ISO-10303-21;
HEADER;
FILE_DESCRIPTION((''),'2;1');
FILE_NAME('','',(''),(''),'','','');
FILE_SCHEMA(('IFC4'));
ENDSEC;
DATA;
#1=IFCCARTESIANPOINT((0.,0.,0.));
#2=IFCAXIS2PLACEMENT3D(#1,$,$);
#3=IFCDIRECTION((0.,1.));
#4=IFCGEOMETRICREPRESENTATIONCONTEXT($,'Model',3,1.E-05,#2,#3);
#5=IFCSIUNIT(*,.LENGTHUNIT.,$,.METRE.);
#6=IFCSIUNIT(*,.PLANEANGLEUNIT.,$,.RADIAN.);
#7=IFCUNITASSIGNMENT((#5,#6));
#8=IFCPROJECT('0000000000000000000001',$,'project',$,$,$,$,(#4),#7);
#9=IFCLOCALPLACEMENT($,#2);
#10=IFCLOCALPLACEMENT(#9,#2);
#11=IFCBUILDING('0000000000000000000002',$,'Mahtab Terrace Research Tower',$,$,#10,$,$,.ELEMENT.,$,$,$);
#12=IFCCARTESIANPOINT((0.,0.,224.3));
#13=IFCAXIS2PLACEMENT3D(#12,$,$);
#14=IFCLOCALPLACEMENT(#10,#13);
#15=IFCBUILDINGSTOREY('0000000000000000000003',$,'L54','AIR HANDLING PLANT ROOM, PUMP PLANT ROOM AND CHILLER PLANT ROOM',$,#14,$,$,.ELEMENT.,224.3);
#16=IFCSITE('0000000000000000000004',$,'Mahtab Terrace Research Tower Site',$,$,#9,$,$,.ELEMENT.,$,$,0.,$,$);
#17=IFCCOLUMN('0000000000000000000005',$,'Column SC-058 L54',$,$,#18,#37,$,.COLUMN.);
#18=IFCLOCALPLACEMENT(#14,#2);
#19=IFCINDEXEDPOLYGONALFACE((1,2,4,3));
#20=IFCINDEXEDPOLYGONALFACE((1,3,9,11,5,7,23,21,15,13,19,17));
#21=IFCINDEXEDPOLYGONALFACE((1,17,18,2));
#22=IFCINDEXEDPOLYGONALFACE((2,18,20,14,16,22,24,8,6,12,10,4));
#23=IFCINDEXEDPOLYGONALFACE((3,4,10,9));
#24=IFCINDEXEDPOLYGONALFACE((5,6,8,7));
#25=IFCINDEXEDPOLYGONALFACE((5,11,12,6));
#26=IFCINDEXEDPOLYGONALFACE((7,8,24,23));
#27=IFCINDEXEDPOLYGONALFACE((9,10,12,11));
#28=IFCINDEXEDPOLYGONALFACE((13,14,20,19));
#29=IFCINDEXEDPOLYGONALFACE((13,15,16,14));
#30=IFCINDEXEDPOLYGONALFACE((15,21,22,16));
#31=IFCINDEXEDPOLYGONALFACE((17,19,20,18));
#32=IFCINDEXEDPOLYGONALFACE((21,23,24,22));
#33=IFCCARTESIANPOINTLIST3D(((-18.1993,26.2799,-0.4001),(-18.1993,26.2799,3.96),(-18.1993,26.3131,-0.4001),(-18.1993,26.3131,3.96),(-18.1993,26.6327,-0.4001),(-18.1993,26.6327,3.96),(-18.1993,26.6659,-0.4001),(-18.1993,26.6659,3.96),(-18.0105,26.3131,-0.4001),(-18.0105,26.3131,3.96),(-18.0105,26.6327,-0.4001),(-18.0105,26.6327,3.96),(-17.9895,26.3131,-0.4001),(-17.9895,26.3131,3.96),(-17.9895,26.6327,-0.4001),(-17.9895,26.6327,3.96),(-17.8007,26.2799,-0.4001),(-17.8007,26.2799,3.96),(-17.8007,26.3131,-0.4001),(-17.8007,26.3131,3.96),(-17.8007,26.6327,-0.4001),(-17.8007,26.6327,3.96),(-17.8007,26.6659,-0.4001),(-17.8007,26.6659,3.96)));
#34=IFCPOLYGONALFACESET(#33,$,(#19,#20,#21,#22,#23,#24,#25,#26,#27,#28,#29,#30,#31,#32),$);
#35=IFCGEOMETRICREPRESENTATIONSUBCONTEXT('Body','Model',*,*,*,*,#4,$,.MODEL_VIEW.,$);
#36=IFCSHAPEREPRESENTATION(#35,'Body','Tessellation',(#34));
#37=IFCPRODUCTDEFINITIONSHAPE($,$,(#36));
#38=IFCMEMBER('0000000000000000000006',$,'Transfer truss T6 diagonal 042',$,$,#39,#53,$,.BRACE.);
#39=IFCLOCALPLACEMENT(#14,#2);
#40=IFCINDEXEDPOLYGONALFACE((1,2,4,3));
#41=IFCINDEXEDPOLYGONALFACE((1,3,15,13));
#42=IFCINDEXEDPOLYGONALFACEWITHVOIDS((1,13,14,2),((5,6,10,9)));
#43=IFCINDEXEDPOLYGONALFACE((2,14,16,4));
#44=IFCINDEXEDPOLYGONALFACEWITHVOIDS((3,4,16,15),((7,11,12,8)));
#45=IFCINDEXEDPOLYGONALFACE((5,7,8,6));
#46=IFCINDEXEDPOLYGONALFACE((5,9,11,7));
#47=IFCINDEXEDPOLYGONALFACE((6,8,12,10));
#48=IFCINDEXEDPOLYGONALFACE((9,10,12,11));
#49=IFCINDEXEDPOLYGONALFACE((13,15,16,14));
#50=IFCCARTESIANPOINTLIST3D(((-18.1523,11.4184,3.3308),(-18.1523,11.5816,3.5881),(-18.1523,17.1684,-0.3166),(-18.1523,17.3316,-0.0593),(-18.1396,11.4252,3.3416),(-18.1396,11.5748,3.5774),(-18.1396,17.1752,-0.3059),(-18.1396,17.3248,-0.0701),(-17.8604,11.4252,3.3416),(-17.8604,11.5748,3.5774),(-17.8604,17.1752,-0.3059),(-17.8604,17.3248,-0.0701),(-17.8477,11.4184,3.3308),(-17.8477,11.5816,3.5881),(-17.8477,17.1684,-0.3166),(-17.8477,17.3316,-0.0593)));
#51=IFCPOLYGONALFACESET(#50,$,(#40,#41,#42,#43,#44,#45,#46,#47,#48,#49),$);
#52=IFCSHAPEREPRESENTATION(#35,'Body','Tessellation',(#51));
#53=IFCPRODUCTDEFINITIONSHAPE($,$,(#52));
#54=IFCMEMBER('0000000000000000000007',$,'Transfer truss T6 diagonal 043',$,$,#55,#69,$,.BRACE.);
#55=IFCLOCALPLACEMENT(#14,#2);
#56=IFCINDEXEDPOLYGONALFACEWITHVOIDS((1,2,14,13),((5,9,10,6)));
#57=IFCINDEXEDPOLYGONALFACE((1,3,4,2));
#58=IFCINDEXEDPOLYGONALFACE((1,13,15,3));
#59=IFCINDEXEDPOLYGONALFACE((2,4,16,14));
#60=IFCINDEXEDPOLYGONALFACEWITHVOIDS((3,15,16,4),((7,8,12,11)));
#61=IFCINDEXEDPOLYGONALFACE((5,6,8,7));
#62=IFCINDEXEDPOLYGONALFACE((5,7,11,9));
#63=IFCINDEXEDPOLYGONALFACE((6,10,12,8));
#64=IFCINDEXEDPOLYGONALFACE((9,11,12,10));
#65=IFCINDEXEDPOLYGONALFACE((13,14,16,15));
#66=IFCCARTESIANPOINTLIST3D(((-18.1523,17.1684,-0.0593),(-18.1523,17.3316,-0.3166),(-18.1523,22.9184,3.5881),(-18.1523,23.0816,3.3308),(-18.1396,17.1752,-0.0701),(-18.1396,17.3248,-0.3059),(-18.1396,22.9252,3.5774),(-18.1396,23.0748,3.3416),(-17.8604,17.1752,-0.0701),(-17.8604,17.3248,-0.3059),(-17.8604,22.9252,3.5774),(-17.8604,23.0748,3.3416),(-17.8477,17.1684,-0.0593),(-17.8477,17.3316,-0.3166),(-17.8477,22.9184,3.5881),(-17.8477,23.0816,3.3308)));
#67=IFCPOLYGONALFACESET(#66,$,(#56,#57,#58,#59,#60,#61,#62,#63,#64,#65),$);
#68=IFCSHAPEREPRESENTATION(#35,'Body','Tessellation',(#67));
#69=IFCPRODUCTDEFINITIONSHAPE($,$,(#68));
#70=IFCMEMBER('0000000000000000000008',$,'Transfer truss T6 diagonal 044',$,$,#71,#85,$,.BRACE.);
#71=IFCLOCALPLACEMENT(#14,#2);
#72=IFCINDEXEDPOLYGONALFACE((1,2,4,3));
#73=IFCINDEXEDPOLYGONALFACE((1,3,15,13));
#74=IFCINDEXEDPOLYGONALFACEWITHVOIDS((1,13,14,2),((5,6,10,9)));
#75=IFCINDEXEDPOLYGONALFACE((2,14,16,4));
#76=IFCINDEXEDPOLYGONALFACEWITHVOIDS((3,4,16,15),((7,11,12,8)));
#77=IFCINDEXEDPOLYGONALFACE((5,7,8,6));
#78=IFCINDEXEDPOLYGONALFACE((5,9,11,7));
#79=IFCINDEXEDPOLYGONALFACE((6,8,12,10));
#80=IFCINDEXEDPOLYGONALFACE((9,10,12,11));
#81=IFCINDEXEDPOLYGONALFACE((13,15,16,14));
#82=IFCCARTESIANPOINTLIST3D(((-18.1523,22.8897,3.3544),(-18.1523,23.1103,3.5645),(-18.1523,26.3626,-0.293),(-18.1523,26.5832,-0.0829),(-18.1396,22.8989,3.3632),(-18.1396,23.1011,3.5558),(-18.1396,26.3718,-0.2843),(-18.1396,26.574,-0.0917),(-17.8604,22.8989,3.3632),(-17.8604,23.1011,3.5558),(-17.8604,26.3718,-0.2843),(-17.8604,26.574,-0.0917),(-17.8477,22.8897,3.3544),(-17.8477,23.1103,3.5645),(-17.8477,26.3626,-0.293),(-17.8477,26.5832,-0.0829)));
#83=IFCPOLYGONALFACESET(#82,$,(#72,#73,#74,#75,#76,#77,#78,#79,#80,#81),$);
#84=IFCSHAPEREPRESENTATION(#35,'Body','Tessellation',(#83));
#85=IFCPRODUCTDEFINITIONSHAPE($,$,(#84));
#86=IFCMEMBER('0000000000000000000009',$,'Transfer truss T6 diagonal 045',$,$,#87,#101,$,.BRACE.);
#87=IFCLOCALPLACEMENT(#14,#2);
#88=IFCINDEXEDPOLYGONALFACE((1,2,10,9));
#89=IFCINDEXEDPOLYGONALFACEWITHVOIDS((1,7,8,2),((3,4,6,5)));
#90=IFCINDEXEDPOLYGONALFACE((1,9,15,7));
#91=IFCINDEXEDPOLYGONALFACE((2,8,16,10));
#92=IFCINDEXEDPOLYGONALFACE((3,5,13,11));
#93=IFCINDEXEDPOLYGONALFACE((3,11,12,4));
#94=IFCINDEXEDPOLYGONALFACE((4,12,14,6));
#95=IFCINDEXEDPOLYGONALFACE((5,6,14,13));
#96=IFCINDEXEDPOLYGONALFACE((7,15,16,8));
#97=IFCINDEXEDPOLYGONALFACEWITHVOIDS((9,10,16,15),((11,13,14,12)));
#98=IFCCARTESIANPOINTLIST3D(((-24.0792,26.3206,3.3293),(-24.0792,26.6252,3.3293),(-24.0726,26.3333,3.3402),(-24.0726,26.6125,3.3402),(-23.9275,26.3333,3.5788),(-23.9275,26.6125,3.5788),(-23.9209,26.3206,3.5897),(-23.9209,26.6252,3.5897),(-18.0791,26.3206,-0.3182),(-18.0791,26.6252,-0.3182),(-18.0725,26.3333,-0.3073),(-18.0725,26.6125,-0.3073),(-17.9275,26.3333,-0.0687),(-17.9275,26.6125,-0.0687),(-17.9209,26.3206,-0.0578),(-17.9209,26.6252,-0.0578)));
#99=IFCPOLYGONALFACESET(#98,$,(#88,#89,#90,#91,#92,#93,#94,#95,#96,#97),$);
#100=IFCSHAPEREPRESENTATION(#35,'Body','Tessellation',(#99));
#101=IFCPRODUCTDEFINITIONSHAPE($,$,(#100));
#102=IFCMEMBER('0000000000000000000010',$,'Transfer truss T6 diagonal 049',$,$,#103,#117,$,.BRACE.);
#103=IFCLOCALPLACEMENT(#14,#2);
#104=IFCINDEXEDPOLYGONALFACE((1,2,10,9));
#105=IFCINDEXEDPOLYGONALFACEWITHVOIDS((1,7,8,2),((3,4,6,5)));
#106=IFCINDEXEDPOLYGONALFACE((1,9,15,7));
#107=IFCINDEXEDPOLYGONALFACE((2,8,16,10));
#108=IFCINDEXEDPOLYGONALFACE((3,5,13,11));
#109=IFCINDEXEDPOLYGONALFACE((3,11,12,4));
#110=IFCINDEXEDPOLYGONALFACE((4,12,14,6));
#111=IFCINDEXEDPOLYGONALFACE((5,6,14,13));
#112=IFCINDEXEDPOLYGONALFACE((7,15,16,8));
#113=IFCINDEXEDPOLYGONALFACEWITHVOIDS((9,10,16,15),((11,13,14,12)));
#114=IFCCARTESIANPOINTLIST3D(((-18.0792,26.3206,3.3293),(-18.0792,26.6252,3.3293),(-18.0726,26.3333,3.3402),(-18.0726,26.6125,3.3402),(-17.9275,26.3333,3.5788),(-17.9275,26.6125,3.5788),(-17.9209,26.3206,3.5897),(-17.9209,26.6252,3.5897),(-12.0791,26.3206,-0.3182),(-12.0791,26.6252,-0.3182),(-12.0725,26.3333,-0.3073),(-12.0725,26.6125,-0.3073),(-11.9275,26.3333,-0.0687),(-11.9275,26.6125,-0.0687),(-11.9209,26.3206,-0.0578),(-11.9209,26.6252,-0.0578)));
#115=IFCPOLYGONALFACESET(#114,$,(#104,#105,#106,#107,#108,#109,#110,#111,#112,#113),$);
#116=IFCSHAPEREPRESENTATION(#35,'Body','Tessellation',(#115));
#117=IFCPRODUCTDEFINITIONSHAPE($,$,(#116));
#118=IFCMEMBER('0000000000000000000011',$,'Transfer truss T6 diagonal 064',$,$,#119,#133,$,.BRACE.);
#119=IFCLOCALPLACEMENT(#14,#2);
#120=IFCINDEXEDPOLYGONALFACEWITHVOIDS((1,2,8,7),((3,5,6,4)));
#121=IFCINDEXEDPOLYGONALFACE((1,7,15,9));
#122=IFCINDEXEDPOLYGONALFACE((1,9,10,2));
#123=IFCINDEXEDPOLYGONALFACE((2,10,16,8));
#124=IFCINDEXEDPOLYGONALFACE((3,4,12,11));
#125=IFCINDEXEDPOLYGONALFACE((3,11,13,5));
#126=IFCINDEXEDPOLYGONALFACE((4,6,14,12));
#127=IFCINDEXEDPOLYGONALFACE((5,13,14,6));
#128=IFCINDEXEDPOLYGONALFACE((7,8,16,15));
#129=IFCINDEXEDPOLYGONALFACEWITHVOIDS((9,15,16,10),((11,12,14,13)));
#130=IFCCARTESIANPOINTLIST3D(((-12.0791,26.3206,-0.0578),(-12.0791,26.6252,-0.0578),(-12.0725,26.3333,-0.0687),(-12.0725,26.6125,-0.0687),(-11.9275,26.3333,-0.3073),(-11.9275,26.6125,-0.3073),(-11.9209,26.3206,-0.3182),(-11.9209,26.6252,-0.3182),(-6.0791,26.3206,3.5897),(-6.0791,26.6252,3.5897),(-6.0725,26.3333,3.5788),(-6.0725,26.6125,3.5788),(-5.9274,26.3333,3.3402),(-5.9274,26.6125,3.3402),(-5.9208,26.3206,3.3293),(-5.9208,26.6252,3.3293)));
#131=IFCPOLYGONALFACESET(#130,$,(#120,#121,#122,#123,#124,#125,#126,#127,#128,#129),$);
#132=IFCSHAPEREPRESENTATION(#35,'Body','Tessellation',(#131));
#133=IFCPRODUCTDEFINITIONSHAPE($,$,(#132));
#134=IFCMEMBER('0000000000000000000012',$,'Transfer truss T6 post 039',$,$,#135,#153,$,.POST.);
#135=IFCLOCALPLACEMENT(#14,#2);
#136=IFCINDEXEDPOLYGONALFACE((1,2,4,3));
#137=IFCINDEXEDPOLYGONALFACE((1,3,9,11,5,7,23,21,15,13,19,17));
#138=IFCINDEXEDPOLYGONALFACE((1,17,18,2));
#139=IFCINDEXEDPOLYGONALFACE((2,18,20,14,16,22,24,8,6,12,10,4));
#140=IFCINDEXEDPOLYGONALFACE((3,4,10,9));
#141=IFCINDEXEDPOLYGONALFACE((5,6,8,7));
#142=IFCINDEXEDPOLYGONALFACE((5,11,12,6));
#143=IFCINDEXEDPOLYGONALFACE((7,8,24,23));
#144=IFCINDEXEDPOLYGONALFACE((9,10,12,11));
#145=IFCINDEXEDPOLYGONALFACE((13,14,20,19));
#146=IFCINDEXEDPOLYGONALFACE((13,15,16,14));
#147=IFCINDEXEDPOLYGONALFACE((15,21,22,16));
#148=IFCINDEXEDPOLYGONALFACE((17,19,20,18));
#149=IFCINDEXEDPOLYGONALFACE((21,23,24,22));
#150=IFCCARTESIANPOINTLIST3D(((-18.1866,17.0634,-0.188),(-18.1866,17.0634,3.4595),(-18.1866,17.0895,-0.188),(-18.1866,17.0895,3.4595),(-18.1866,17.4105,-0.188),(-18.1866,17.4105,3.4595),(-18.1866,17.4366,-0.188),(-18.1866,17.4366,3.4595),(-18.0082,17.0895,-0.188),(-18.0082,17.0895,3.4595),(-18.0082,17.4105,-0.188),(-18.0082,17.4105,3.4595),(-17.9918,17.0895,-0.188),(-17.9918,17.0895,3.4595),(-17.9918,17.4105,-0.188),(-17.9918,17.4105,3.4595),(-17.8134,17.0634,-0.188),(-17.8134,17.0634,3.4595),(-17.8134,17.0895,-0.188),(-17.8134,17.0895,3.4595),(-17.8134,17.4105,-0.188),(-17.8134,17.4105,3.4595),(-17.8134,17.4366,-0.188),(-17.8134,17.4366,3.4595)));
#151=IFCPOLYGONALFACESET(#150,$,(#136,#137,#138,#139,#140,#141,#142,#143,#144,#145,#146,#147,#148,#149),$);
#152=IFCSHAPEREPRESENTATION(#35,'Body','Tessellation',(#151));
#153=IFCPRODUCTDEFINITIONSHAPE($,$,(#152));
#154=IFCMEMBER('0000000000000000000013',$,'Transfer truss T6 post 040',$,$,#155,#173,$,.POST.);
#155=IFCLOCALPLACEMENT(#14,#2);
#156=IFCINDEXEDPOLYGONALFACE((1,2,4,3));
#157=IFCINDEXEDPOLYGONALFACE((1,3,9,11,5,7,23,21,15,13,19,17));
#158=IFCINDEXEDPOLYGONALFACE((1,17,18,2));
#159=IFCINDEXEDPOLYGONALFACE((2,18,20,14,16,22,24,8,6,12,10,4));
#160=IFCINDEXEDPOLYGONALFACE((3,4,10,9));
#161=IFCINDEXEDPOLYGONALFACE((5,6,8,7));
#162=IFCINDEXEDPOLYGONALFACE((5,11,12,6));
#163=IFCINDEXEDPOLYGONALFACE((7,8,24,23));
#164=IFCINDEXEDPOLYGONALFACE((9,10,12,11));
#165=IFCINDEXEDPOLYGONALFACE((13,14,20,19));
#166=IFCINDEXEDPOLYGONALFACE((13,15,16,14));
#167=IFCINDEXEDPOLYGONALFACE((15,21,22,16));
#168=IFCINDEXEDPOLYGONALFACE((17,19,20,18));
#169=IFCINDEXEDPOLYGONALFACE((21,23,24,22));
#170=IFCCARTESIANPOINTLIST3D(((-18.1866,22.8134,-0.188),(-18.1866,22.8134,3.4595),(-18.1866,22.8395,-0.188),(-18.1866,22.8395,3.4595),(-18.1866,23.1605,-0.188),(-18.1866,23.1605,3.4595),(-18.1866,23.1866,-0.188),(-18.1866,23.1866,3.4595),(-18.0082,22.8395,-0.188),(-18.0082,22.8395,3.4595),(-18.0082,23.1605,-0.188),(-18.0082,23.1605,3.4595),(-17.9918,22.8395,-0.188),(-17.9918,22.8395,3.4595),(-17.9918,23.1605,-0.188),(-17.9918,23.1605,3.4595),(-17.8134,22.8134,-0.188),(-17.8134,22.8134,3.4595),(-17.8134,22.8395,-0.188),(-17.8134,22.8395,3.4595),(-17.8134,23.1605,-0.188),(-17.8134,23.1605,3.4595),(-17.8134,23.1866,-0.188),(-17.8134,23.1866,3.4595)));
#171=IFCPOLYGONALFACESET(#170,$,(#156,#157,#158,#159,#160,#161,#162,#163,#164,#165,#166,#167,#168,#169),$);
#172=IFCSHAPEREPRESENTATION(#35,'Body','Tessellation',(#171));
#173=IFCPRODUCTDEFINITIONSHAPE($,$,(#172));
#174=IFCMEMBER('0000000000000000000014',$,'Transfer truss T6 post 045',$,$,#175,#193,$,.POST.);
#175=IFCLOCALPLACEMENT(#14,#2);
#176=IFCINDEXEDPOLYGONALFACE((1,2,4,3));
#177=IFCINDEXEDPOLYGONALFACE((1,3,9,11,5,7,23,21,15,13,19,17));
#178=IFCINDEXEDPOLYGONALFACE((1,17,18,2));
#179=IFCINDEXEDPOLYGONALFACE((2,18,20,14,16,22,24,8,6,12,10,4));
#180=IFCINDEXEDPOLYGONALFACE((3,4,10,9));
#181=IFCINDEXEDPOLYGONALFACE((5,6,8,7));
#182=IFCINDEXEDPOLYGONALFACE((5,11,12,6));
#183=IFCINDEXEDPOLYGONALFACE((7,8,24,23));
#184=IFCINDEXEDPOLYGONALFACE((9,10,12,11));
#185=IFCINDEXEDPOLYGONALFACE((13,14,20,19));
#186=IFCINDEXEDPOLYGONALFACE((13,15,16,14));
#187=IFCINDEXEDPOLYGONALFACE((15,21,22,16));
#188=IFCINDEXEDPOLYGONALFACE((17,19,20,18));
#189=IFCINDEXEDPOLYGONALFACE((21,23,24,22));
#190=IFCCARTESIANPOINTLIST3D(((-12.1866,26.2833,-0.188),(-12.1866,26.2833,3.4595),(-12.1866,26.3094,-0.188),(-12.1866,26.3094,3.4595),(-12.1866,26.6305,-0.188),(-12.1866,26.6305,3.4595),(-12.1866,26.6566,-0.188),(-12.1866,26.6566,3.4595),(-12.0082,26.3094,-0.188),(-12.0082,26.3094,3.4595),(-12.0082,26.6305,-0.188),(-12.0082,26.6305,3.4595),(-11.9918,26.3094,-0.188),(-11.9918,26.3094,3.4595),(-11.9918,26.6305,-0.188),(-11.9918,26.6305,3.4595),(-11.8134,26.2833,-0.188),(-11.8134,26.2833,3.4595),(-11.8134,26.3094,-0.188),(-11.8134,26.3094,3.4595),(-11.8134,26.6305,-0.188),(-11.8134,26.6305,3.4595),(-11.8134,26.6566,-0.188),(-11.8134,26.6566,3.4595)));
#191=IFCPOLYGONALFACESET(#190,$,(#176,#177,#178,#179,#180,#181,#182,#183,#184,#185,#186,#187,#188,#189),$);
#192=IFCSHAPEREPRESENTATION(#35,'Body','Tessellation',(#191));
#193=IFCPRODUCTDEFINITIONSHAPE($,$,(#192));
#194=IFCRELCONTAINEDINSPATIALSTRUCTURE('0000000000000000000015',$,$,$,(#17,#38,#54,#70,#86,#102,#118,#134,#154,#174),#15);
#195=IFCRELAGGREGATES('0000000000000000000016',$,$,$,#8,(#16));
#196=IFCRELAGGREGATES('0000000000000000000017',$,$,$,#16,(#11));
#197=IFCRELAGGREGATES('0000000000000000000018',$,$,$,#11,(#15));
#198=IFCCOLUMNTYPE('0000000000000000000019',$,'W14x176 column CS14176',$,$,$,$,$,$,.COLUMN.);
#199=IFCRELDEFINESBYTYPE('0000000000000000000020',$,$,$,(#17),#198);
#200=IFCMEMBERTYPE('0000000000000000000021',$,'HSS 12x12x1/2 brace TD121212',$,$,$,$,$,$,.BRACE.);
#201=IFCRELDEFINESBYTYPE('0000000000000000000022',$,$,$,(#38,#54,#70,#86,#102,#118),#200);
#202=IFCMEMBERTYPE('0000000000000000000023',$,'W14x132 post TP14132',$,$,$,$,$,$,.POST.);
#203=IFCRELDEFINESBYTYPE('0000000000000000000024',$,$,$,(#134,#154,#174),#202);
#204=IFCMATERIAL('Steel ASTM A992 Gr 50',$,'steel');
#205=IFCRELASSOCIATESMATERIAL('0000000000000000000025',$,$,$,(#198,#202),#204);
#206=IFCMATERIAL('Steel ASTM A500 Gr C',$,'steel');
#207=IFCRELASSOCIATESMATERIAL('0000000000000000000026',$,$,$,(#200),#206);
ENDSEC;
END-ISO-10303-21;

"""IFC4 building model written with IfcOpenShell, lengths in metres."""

from ifc_helpers import new_model, si_unit, direction, frame, origin, origin_2d, place, context, subcontext, project, spatial, hollow_rectangle, i_section, extrude, material, material_profile, profile_set, type_object, element, save


model = new_model("IFC4")

# Units and contexts
model_context = context("Model", 3, precision=1e-05, world=origin(), true_north=direction((0.0, 1.0)))
body_context = subcontext(model_context, "Body", "Model", "MODEL_VIEW")
ifc_project = project(units=[si_unit("LENGTHUNIT", "METRE"), si_unit("PLANEANGLEUNIT", "RADIAN")], contexts=[model_context])

# Site, building, storey
site_placement = place(None, origin())
site = spatial("IfcSite", under=ifc_project, at=site_placement, Name="Mahtab Terrace Research Tower Site", CompositionType="ELEMENT", RefElevation=0.0)
building_placement = place(site_placement, origin())
building = spatial("IfcBuilding", under=site, at=building_placement, Name="Mahtab Terrace Research Tower", CompositionType="ELEMENT")
storey_placement = place(building_placement, frame((0.0, 0.0, 224.3)))
storey = spatial("IfcBuildingStorey", under=building, at=storey_placement, Name="L54", Description="AIR HANDLING PLANT ROOM, PUMP PLANT ROOM AND CHILLER PLANT ROOM", CompositionType="ELEMENT", Elevation=224.3)

# Column
ifc_material_1 = material(Name="Steel ASTM A992 Gr 50", Category="steel")
ifc_material_profile_1 = material_profile(ifc_material_1, i_section(OverallWidth=0.3987, OverallDepth=0.386, WebThickness=0.021, FlangeThickness=0.0332, at=origin_2d()), Name="W14X176")
ifc_profile_set_1 = profile_set([ifc_material_profile_1], Name="Steel ASTM A992 Gr 50")
column_type = type_object("IfcColumnType", Name="W14x176 column CS14176", PredefinedType="COLUMN", material=ifc_profile_set_1)
column_placement = place(storey_placement, frame((-18.0, 26.4729, -0.4001), z_axis=(0.0, 0.0, 1.0), x_axis=(1.0, 0.0, 0.0)))
element("IfcColumn", 1, at=column_placement, inside=storey, type_object=column_type, Name="Column SC-058 L54", PredefinedType="COLUMN", context=body_context, shape_type="SweptSolid", body=[
    extrude(i_section(OverallWidth=0.3987, OverallDepth=0.386, WebThickness=0.021, FlangeThickness=0.0332, at=origin_2d()), origin(), (0.0, 0.0, 1.0), 4.3601),
])

# Members
ifc_material_2 = material(Name="Steel ASTM A500 Gr C", Category="steel")
ifc_material_profile_2 = material_profile(ifc_material_2, hollow_rectangle(XDim=0.3047, YDim=0.3047, WallThickness=0.0127, at=origin_2d()), Name="HSS12X12X1/2")
ifc_profile_set_2 = profile_set([ifc_material_profile_2], Name="Steel ASTM A500 Gr C")
member_type_1 = type_object("IfcMemberType", Name="HSS 12x12x1/2 brace TD121212", PredefinedType="BRACE", material=ifc_profile_set_2)
for number, where, z_axis, x_axis, name in (
    (2, (-18.0, 17.25, -0.188), (0.0, -0.844434, 0.535659), (1.0, 0.0, 0.0), "Transfer truss T6 diagonal 042"),
    (3, (-18.0, 17.25, -0.188), (0.0, 0.844434, 0.535659), (-1.0, 0.0, 0.0), "Transfer truss T6 diagonal 043"),
):
    element("IfcMember", number, at=place(storey_placement, frame(where, z_axis=z_axis, x_axis=x_axis)), inside=storey, type_object=member_type_1, Name=name, PredefinedType="BRACE", context=body_context, shape_type="SweptSolid", body=[
        extrude(hollow_rectangle(XDim=0.3047, YDim=0.3047, WallThickness=0.0127, at=origin_2d()), origin(), (0.0, 0.0, 1.0), 6.8093),
    ])
member_1_placement = place(storey_placement, frame((-18.0, 26.4729, -0.188), z_axis=(0.0, -0.689564, 0.724224), x_axis=(1.0, 0.0, 0.0)))
element("IfcMember", 4, at=member_1_placement, inside=storey, type_object=member_type_1, Name="Transfer truss T6 diagonal 044", PredefinedType="BRACE", context=body_context, shape_type="SweptSolid", body=[
    extrude(hollow_rectangle(XDim=0.3047, YDim=0.3047, WallThickness=0.0127, at=origin_2d()), origin(), (0.0, 0.0, 1.0), 5.0364),
])
for number, where, z_axis, x_axis, name in (
    (5, (-18.0, 26.4729, -0.188), (-0.854497, 0.0, 0.519457), (0.0, -1.0, 0.0), "Transfer truss T6 diagonal 045"),
    (6, (-12.0, 26.4729, -0.188), (-0.854497, 0.0, 0.519457), (0.0, -1.0, 0.0), "Transfer truss T6 diagonal 049"),
    (7, (-12.0, 26.4729, -0.188), (0.854497, 0.0, 0.519457), (0.0, 1.0, 0.0), "Transfer truss T6 diagonal 064"),
):
    element("IfcMember", number, at=place(storey_placement, frame(where, z_axis=z_axis, x_axis=x_axis)), inside=storey, type_object=member_type_1, Name=name, PredefinedType="BRACE", context=body_context, shape_type="SweptSolid", body=[
        extrude(hollow_rectangle(XDim=0.3047, YDim=0.3047, WallThickness=0.0127, at=origin_2d()), origin(), (0.0, 0.0, 1.0), 7.0217),
    ])
ifc_material_profile_3 = material_profile(ifc_material_1, i_section(OverallWidth=0.3733, OverallDepth=0.3733, WebThickness=0.0164, FlangeThickness=0.0261, at=origin_2d()), Name="W14X132")
ifc_profile_set_3 = profile_set([ifc_material_profile_3], Name="Steel ASTM A992 Gr 50")
member_type_2 = type_object("IfcMemberType", Name="W14x132 post TP14132", PredefinedType="POST", material=ifc_profile_set_3)
for number, where, z_axis, x_axis, name in (
    (8, (-18.0, 17.25, -0.188), (0.0, 0.0, 1.0), (1.0, 0.0, 0.0), "Transfer truss T6 post 039"),
    (9, (-18.0, 23.0, -0.188), (0.0, 0.0, 1.0), (1.0, 0.0, 0.0), "Transfer truss T6 post 040"),
    (10, (-12.0, 26.47, -0.188), (0.0, 0.0, 1.0), (1.0, 0.0, 0.0), "Transfer truss T6 post 045"),
):
    element("IfcMember", number, at=place(storey_placement, frame(where, z_axis=z_axis, x_axis=x_axis)), inside=storey, type_object=member_type_2, Name=name, PredefinedType="POST", context=body_context, shape_type="SweptSolid", body=[
        extrude(i_section(OverallWidth=0.3733, OverallDepth=0.3733, WebThickness=0.0164, FlangeThickness=0.0261, at=origin_2d()), origin(), (0.0, 0.0, 1.0), 3.6475),
    ])

save(model, "model.ifc")
